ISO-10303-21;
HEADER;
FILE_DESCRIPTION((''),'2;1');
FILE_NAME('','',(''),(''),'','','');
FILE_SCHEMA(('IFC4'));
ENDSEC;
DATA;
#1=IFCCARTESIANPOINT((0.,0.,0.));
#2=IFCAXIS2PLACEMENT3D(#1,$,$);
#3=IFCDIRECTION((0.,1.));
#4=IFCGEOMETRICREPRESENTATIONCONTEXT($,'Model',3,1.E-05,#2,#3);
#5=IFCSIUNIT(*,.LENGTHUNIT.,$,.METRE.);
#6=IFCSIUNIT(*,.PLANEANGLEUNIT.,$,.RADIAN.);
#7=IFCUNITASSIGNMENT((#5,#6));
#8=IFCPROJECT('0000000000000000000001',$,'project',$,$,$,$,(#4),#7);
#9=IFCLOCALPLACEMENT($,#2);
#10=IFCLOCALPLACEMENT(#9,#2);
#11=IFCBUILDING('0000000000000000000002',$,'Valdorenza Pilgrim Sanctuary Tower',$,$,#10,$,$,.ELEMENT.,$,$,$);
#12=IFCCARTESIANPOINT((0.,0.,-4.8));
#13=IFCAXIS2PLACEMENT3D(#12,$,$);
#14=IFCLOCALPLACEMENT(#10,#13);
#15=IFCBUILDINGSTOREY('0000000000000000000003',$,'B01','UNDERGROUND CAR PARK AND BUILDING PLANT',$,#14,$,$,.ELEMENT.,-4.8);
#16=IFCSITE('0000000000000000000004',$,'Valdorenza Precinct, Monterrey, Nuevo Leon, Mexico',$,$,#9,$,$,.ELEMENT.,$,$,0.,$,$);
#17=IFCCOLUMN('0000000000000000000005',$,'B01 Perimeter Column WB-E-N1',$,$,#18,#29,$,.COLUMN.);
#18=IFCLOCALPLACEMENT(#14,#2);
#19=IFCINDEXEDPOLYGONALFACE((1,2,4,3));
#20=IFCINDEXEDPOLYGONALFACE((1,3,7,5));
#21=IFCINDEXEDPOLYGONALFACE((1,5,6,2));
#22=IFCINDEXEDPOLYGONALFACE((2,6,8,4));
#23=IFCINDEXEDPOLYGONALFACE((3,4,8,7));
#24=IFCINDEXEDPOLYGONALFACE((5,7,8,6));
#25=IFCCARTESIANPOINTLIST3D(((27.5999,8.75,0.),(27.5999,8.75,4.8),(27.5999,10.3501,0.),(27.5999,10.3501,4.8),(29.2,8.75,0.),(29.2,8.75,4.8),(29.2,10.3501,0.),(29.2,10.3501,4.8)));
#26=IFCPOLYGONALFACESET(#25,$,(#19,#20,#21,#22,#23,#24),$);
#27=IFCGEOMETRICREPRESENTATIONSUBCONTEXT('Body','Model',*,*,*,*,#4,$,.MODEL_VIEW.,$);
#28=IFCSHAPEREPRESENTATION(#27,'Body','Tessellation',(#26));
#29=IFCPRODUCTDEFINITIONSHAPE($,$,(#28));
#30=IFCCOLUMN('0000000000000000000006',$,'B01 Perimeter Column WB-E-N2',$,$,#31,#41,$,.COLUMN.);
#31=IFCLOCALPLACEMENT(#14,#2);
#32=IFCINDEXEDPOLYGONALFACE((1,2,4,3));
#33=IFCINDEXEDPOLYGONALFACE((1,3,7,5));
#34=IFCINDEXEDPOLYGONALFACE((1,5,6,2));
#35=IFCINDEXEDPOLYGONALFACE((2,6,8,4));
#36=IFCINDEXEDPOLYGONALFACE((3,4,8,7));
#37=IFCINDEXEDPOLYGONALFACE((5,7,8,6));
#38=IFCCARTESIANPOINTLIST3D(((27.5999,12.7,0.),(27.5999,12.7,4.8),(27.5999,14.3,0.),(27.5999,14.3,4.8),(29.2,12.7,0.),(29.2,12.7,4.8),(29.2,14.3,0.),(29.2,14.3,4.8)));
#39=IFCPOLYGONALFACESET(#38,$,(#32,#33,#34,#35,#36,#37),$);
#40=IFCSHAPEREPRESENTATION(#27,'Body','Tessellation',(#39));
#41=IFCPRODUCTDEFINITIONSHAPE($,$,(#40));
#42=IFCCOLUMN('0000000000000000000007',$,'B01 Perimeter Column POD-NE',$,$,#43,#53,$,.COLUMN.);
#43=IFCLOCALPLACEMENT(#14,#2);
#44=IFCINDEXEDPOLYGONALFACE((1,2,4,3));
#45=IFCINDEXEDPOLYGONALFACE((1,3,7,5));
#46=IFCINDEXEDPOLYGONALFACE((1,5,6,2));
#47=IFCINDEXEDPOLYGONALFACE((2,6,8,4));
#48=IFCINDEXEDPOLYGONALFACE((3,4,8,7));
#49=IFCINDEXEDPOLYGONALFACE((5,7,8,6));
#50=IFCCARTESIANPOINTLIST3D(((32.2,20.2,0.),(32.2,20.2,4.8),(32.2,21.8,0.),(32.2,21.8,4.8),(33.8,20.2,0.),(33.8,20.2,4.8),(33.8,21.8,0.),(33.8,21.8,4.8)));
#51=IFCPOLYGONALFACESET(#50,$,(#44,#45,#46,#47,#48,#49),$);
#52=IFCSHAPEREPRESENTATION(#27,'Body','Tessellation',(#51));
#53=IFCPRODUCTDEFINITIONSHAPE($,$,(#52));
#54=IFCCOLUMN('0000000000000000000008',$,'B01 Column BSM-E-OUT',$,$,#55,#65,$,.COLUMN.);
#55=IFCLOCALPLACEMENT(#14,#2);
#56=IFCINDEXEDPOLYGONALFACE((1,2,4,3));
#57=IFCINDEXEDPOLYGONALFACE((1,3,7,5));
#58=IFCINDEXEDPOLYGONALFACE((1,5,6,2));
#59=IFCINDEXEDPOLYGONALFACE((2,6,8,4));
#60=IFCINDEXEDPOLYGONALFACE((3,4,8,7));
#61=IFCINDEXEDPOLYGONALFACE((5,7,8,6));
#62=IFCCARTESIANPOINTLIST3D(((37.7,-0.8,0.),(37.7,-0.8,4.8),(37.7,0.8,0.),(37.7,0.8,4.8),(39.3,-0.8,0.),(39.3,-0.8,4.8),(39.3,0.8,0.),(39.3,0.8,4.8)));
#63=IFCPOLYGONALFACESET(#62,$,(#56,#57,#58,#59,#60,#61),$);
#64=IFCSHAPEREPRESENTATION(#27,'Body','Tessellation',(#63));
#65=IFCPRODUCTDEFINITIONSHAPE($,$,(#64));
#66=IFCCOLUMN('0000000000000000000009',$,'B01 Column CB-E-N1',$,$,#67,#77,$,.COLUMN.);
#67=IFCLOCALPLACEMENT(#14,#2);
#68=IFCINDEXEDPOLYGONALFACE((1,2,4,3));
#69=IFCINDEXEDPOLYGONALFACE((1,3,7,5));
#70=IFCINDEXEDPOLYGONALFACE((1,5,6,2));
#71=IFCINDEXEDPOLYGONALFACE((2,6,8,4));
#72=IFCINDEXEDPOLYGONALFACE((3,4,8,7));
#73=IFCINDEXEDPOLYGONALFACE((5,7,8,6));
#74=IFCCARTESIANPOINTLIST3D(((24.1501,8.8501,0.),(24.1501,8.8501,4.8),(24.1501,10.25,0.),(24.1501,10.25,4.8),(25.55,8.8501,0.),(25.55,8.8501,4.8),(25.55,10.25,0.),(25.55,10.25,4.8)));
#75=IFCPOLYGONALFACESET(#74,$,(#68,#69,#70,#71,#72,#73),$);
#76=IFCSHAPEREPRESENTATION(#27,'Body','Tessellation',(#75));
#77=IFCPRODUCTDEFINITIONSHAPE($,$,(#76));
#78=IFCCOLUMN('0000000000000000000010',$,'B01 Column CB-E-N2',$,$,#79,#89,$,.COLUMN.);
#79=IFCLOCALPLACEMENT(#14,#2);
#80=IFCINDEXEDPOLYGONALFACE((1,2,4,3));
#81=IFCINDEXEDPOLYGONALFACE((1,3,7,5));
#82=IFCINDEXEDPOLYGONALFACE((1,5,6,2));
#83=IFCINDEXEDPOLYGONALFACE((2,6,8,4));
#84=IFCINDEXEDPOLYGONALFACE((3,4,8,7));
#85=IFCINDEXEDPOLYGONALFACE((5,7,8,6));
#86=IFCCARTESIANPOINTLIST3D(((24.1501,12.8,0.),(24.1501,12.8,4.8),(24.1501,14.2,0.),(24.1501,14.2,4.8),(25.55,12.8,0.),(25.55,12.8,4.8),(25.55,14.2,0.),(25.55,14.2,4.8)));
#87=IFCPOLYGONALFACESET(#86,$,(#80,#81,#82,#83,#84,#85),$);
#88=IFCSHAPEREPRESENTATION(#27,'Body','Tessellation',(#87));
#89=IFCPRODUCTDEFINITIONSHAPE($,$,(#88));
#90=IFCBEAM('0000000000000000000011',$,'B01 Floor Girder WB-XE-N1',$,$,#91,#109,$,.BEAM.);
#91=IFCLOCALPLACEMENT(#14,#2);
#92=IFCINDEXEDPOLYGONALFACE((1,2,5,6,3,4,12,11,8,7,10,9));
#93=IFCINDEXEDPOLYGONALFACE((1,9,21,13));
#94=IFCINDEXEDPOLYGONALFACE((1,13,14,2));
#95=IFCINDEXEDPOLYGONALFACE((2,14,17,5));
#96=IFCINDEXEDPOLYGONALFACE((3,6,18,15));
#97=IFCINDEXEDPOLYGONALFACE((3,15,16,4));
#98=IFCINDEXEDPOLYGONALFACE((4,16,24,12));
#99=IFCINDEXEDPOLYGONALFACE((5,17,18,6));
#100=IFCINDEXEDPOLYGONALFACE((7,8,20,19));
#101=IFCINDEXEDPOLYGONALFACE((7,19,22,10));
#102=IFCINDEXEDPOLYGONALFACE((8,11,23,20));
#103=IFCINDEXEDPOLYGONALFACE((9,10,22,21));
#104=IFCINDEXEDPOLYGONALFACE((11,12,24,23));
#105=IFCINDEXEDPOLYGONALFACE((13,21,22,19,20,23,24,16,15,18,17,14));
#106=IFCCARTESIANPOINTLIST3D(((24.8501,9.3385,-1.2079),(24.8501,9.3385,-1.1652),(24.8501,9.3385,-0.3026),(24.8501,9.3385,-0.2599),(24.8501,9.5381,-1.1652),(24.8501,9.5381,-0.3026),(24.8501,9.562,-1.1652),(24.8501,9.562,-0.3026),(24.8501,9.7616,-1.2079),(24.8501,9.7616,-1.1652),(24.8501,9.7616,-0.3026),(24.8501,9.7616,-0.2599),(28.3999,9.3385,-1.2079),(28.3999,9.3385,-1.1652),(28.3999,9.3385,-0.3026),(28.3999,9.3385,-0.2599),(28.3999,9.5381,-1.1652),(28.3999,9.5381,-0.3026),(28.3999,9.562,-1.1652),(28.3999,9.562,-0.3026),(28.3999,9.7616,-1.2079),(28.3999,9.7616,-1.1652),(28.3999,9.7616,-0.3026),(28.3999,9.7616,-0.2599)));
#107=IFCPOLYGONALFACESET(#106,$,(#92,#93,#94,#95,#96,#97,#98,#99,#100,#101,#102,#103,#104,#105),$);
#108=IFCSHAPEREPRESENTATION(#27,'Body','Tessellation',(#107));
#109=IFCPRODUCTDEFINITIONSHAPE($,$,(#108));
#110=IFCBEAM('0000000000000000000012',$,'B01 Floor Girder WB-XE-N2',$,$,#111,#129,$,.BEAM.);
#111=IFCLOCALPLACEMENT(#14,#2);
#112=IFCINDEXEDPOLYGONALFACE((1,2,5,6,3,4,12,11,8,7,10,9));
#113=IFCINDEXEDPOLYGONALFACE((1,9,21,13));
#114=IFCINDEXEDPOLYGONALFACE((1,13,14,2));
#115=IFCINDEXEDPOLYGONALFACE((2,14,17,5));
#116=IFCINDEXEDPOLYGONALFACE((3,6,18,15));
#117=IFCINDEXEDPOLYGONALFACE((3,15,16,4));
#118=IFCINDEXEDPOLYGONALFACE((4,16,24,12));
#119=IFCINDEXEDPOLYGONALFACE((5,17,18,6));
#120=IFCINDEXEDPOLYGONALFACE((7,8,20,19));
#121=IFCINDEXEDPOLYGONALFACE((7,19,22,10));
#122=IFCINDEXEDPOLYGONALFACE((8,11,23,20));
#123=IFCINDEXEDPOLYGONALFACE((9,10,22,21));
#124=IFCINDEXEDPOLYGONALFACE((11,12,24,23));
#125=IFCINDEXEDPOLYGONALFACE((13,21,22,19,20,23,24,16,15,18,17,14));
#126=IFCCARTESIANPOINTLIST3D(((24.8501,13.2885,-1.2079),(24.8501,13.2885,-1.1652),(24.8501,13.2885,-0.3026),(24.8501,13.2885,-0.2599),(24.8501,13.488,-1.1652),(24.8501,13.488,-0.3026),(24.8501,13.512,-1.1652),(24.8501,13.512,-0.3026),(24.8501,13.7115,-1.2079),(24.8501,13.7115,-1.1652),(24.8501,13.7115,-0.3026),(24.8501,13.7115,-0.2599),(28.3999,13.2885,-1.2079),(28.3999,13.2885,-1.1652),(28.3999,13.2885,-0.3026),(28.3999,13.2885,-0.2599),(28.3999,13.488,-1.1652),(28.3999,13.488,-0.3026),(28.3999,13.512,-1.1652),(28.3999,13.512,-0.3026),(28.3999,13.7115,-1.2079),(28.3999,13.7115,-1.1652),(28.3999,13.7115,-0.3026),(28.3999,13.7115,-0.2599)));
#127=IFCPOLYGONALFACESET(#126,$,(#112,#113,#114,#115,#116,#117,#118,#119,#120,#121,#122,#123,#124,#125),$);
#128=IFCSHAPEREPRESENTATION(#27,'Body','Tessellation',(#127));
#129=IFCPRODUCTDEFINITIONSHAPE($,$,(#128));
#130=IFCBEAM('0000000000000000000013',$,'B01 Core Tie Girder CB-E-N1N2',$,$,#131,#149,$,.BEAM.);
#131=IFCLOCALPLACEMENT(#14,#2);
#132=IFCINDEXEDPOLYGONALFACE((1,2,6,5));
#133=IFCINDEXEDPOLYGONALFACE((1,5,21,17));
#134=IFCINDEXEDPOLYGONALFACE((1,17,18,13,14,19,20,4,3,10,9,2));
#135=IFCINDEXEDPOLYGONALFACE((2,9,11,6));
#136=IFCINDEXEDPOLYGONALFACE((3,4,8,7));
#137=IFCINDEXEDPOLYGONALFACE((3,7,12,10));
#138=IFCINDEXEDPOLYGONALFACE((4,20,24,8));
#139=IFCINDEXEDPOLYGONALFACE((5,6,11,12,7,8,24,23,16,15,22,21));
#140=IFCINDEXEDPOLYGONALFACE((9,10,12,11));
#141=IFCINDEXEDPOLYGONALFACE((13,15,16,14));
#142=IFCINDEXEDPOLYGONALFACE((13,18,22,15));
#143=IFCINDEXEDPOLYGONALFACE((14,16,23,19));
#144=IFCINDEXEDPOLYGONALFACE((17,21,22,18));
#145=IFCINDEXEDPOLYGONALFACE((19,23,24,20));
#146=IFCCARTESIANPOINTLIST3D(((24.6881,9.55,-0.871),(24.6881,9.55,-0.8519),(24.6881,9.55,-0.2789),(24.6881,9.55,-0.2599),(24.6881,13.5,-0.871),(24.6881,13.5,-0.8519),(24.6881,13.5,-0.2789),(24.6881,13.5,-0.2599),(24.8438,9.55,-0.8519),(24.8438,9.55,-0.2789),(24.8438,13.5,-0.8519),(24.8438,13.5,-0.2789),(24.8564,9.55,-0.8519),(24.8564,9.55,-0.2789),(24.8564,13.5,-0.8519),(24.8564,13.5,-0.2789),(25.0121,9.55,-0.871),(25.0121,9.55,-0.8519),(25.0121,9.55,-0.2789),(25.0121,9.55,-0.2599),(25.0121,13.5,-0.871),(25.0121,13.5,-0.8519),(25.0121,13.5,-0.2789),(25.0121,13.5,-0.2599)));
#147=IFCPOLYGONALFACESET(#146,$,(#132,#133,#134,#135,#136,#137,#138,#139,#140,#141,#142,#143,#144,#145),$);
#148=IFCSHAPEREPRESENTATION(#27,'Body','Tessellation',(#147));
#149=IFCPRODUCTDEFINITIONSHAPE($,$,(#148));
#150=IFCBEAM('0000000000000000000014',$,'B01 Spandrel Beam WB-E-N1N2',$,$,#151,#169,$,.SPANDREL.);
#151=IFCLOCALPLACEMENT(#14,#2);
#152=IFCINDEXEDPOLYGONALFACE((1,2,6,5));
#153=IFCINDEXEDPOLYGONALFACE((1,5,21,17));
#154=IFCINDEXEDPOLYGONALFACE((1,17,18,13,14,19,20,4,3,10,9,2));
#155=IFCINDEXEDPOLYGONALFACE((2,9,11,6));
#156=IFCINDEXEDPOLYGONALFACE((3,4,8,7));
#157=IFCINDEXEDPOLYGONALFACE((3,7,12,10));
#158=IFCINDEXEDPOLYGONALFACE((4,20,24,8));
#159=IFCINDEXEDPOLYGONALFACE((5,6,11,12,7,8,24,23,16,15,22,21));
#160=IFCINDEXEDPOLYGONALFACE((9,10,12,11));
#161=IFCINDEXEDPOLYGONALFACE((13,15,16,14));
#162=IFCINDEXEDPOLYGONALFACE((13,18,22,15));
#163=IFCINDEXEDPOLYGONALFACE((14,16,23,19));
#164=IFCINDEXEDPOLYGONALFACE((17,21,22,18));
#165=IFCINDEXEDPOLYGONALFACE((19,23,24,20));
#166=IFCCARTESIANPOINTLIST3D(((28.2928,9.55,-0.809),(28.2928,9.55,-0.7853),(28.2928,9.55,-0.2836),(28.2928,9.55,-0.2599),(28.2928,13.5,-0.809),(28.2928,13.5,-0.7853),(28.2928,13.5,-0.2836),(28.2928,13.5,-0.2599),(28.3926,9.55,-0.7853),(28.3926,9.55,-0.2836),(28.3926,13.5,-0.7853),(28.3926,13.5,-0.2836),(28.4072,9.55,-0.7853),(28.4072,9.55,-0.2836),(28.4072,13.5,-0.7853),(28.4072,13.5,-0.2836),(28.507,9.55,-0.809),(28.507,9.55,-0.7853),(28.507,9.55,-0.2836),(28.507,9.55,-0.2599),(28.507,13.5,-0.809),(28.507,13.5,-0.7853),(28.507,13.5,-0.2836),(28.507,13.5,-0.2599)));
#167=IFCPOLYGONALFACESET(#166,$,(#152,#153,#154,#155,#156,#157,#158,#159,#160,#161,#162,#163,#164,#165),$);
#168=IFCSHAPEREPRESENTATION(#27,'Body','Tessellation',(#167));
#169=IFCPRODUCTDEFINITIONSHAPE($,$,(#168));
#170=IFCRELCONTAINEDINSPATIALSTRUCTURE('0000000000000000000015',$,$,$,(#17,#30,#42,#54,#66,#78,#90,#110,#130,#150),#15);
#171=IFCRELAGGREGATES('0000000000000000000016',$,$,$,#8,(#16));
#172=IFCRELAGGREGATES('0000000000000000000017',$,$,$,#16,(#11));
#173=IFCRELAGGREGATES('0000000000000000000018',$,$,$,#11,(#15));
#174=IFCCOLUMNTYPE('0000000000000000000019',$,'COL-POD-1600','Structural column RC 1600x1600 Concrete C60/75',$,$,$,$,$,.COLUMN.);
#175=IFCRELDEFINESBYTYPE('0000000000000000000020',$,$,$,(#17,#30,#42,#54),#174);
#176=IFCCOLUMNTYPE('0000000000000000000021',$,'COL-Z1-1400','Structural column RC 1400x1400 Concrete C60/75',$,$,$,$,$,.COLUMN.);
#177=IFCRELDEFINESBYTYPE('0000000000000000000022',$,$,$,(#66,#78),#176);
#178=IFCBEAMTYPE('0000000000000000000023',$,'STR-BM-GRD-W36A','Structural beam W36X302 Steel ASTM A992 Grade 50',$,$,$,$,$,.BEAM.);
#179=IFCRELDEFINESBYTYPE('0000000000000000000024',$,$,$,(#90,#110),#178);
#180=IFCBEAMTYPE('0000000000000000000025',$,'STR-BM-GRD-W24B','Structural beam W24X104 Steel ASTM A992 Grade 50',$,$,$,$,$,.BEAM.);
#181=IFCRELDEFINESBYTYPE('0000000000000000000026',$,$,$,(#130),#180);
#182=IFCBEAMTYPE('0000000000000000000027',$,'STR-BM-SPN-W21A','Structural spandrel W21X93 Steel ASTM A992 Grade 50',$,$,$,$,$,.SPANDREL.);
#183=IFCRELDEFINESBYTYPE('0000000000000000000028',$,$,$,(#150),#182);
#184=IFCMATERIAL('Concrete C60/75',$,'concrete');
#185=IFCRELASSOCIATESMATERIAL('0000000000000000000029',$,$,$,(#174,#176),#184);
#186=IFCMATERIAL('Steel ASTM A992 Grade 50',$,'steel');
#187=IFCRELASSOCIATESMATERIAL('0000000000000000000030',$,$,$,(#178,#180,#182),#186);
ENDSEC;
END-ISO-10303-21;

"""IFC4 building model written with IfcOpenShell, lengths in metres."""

from ifc_helpers import new_model, si_unit, direction, frame, origin, origin_2d, place, context, subcontext, project, spatial, rectangle, i_section, extrude, source, transform, mapped, material, material_profile, profile_set, type_object, element, save


model = new_model("IFC4")

# Units and contexts
model_context = context("Model", 3, precision=1e-05, world=origin(), true_north=direction((0.0, 1.0)))
body_context = subcontext(model_context, "Body", "Model", "MODEL_VIEW")
ifc_project = project(units=[si_unit("LENGTHUNIT", "METRE"), si_unit("PLANEANGLEUNIT", "RADIAN")], contexts=[model_context])

# Site, building, storey
site_placement = place(None, origin())
site = spatial("IfcSite", under=ifc_project, at=site_placement, Name="Valdorenza Precinct, Monterrey, Nuevo Leon, Mexico", CompositionType="ELEMENT", RefElevation=0.0)
building_placement = place(site_placement, origin())
building = spatial("IfcBuilding", under=site, at=building_placement, Name="Valdorenza Pilgrim Sanctuary Tower", CompositionType="ELEMENT")
storey_placement = place(building_placement, frame((0.0, 0.0, -4.8)))
storey = spatial("IfcBuildingStorey", under=building, at=storey_placement, Name="B01", Description="UNDERGROUND CAR PARK AND BUILDING PLANT", CompositionType="ELEMENT", Elevation=-4.8)

# Columns
ifc_material_1 = material(Name="Concrete C60/75", Category="concrete")
ifc_material_profile_1 = material_profile(ifc_material_1, rectangle(XDim=1.6001, YDim=1.6001, at=origin_2d()), Name="RC 1600x1600")
ifc_profile_set_1 = profile_set([ifc_material_profile_1], Name="Concrete C60/75")
column_type_1 = type_object("IfcColumnType", Name="COL-POD-1600", Description="Structural column RC 1600x1600 Concrete C60/75", PredefinedType="COLUMN", material=ifc_profile_set_1)
shared_shape_1 = source(origin(), body_context, "Body", "SweptSolid", [
    extrude(rectangle(XDim=1.6001, YDim=1.6001, at=origin_2d()), origin(), (0.0, 0.0, 1.0), 4.8),
])
for number, where, z_axis, x_axis, name in (
    (1, (28.3999, 9.55, 0.0), (0.0, 0.0, 1.0), (1.0, 0.0, 0.0), "B01 Perimeter Column WB-E-N1"),
    (2, (28.3999, 13.5, 0.0), (0.0, 0.0, 1.0), (1.0, 0.0, 0.0), "B01 Perimeter Column WB-E-N2"),
    (3, (33.0, 21.0, 0.0), (0.0, 0.0, 1.0), (1.0, 0.0, 0.0), "B01 Perimeter Column POD-NE"),
    (4, (38.5, 0.0, 0.0), (0.0, 0.0, 1.0), (1.0, 0.0, 0.0), "B01 Column BSM-E-OUT"),
):
    element("IfcColumn", number, at=place(storey_placement, frame(where, z_axis=z_axis, x_axis=x_axis)), inside=storey, type_object=column_type_1, Name=name, PredefinedType="COLUMN", context=body_context, shape_type="MappedRepresentation", body=[
        mapped(shared_shape_1, transform((0.0, 0.0, 0.0), x_axis=(1.0, 0.0, 0.0), y_axis=(0.0, 1.0, 0.0), z_axis=(0.0, 0.0, 1.0), scale=1.0)),
    ])
ifc_material_profile_2 = material_profile(ifc_material_1, rectangle(XDim=1.3999, YDim=1.3999, at=origin_2d()), Name="RC 1400x1400")
ifc_profile_set_2 = profile_set([ifc_material_profile_2], Name="Concrete C60/75")
column_type_2 = type_object("IfcColumnType", Name="COL-Z1-1400", Description="Structural column RC 1400x1400 Concrete C60/75", PredefinedType="COLUMN", material=ifc_profile_set_2)
shared_shape_2 = source(origin(), body_context, "Body", "SweptSolid", [
    extrude(rectangle(XDim=1.3999, YDim=1.3999, at=origin_2d()), origin(), (0.0, 0.0, 1.0), 4.8),
])
for number, where, z_axis, x_axis, name in (
    (5, (24.8501, 9.55, 0.0), (0.0, 0.0, 1.0), (1.0, 0.0, 0.0), "B01 Column CB-E-N1"),
    (6, (24.8501, 13.5, 0.0), (0.0, 0.0, 1.0), (1.0, 0.0, 0.0), "B01 Column CB-E-N2"),
):
    element("IfcColumn", number, at=place(storey_placement, frame(where, z_axis=z_axis, x_axis=x_axis)), inside=storey, type_object=column_type_2, Name=name, PredefinedType="COLUMN", context=body_context, shape_type="MappedRepresentation", body=[
        mapped(shared_shape_2, transform((0.0, 0.0, 0.0), x_axis=(1.0, 0.0, 0.0), y_axis=(0.0, 1.0, 0.0), z_axis=(0.0, 0.0, 1.0), scale=1.0)),
    ])

# Beams
ifc_material_2 = material(Name="Steel ASTM A992 Grade 50", Category="steel")
ifc_material_profile_3 = material_profile(ifc_material_2, i_section(OverallWidth=0.4231, OverallDepth=0.948, WebThickness=0.0239, FlangeThickness=0.0427, at=origin_2d()), Name="W36X302")
ifc_profile_set_3 = profile_set([ifc_material_profile_3], Name="Steel ASTM A992 Grade 50")
beam_type_1 = type_object("IfcBeamType", Name="STR-BM-GRD-W36A", Description="Structural beam W36X302 Steel ASTM A992 Grade 50", PredefinedType="BEAM", material=ifc_profile_set_3)
shared_shape_3 = source(origin(), body_context, "Body", "SweptSolid", [
    extrude(i_section(OverallWidth=0.4231, OverallDepth=0.948, WebThickness=0.0239, FlangeThickness=0.0427, at=origin_2d()), origin(), (0.0, 0.0, 1.0), 3.5498),
])
for number, where, z_axis, x_axis, name in (
    (7, (24.8501, 9.55, -0.7339), (1.0, 0.0, 0.0), (0.0, 1.0, 0.0), "B01 Floor Girder WB-XE-N1"),
    (8, (24.8501, 13.5, -0.7339), (1.0, 0.0, 0.0), (0.0, 1.0, 0.0), "B01 Floor Girder WB-XE-N2"),
):
    element("IfcBeam", number, at=place(storey_placement, frame(where, z_axis=z_axis, x_axis=x_axis)), inside=storey, type_object=beam_type_1, Name=name, PredefinedType="BEAM", context=body_context, shape_type="MappedRepresentation", body=[
        mapped(shared_shape_3, transform((0.0, 0.0, 0.0), x_axis=(1.0, 0.0, 0.0), y_axis=(0.0, 1.0, 0.0), z_axis=(0.0, 0.0, 1.0), scale=1.0)),
    ])
ifc_material_profile_4 = material_profile(ifc_material_2, i_section(OverallWidth=0.324, OverallDepth=0.6111, WebThickness=0.0127, FlangeThickness=0.019, at=origin_2d()), Name="W24X104")
ifc_profile_set_4 = profile_set([ifc_material_profile_4], Name="Steel ASTM A992 Grade 50")
beam_type_2 = type_object("IfcBeamType", Name="STR-BM-GRD-W24B", Description="Structural beam W24X104 Steel ASTM A992 Grade 50", PredefinedType="BEAM", material=ifc_profile_set_4)
shared_shape_4 = source(origin(), body_context, "Body", "SweptSolid", [
    extrude(i_section(OverallWidth=0.324, OverallDepth=0.6111, WebThickness=0.0127, FlangeThickness=0.019, at=origin_2d()), origin(), (0.0, 0.0, 1.0), 3.95),
])
beam_1_placement = place(storey_placement, frame((24.8501, 9.55, -0.5654), z_axis=(0.0, 1.0, 0.0), x_axis=(-1.0, 0.0, 0.0)))
element("IfcBeam", 9, at=beam_1_placement, inside=storey, type_object=beam_type_2, Name="B01 Core Tie Girder CB-E-N1N2", PredefinedType="BEAM", context=body_context, shape_type="MappedRepresentation", body=[
    mapped(shared_shape_4, transform((0.0, 0.0, 0.0), x_axis=(1.0, 0.0, 0.0), y_axis=(0.0, 1.0, 0.0), z_axis=(0.0, 0.0, 1.0), scale=1.0)),
])
ifc_material_profile_5 = material_profile(ifc_material_2, i_section(OverallWidth=0.2141, OverallDepth=0.5491, WebThickness=0.0146, FlangeThickness=0.0237, at=origin_2d()), Name="W21X93")
ifc_profile_set_5 = profile_set([ifc_material_profile_5], Name="Steel ASTM A992 Grade 50")
beam_type_3 = type_object("IfcBeamType", Name="STR-BM-SPN-W21A", Description="Structural spandrel W21X93 Steel ASTM A992 Grade 50", PredefinedType="SPANDREL", material=ifc_profile_set_5)
shared_shape_5 = source(origin(), body_context, "Body", "SweptSolid", [
    extrude(i_section(OverallWidth=0.2141, OverallDepth=0.5491, WebThickness=0.0146, FlangeThickness=0.0237, at=origin_2d()), origin(), (0.0, 0.0, 1.0), 3.95),
])
beam_2_placement = place(storey_placement, frame((28.3999, 9.55, -0.5344), z_axis=(0.0, 1.0, 0.0), x_axis=(-1.0, 0.0, 0.0)))
element("IfcBeam", 10, at=beam_2_placement, inside=storey, type_object=beam_type_3, Name="B01 Spandrel Beam WB-E-N1N2", PredefinedType="SPANDREL", context=body_context, shape_type="MappedRepresentation", body=[
    mapped(shared_shape_5, transform((0.0, 0.0, 0.0), x_axis=(1.0, 0.0, 0.0), y_axis=(0.0, 1.0, 0.0), z_axis=(0.0, 0.0, 1.0), scale=1.0)),
])

save(model, "model.ifc")
